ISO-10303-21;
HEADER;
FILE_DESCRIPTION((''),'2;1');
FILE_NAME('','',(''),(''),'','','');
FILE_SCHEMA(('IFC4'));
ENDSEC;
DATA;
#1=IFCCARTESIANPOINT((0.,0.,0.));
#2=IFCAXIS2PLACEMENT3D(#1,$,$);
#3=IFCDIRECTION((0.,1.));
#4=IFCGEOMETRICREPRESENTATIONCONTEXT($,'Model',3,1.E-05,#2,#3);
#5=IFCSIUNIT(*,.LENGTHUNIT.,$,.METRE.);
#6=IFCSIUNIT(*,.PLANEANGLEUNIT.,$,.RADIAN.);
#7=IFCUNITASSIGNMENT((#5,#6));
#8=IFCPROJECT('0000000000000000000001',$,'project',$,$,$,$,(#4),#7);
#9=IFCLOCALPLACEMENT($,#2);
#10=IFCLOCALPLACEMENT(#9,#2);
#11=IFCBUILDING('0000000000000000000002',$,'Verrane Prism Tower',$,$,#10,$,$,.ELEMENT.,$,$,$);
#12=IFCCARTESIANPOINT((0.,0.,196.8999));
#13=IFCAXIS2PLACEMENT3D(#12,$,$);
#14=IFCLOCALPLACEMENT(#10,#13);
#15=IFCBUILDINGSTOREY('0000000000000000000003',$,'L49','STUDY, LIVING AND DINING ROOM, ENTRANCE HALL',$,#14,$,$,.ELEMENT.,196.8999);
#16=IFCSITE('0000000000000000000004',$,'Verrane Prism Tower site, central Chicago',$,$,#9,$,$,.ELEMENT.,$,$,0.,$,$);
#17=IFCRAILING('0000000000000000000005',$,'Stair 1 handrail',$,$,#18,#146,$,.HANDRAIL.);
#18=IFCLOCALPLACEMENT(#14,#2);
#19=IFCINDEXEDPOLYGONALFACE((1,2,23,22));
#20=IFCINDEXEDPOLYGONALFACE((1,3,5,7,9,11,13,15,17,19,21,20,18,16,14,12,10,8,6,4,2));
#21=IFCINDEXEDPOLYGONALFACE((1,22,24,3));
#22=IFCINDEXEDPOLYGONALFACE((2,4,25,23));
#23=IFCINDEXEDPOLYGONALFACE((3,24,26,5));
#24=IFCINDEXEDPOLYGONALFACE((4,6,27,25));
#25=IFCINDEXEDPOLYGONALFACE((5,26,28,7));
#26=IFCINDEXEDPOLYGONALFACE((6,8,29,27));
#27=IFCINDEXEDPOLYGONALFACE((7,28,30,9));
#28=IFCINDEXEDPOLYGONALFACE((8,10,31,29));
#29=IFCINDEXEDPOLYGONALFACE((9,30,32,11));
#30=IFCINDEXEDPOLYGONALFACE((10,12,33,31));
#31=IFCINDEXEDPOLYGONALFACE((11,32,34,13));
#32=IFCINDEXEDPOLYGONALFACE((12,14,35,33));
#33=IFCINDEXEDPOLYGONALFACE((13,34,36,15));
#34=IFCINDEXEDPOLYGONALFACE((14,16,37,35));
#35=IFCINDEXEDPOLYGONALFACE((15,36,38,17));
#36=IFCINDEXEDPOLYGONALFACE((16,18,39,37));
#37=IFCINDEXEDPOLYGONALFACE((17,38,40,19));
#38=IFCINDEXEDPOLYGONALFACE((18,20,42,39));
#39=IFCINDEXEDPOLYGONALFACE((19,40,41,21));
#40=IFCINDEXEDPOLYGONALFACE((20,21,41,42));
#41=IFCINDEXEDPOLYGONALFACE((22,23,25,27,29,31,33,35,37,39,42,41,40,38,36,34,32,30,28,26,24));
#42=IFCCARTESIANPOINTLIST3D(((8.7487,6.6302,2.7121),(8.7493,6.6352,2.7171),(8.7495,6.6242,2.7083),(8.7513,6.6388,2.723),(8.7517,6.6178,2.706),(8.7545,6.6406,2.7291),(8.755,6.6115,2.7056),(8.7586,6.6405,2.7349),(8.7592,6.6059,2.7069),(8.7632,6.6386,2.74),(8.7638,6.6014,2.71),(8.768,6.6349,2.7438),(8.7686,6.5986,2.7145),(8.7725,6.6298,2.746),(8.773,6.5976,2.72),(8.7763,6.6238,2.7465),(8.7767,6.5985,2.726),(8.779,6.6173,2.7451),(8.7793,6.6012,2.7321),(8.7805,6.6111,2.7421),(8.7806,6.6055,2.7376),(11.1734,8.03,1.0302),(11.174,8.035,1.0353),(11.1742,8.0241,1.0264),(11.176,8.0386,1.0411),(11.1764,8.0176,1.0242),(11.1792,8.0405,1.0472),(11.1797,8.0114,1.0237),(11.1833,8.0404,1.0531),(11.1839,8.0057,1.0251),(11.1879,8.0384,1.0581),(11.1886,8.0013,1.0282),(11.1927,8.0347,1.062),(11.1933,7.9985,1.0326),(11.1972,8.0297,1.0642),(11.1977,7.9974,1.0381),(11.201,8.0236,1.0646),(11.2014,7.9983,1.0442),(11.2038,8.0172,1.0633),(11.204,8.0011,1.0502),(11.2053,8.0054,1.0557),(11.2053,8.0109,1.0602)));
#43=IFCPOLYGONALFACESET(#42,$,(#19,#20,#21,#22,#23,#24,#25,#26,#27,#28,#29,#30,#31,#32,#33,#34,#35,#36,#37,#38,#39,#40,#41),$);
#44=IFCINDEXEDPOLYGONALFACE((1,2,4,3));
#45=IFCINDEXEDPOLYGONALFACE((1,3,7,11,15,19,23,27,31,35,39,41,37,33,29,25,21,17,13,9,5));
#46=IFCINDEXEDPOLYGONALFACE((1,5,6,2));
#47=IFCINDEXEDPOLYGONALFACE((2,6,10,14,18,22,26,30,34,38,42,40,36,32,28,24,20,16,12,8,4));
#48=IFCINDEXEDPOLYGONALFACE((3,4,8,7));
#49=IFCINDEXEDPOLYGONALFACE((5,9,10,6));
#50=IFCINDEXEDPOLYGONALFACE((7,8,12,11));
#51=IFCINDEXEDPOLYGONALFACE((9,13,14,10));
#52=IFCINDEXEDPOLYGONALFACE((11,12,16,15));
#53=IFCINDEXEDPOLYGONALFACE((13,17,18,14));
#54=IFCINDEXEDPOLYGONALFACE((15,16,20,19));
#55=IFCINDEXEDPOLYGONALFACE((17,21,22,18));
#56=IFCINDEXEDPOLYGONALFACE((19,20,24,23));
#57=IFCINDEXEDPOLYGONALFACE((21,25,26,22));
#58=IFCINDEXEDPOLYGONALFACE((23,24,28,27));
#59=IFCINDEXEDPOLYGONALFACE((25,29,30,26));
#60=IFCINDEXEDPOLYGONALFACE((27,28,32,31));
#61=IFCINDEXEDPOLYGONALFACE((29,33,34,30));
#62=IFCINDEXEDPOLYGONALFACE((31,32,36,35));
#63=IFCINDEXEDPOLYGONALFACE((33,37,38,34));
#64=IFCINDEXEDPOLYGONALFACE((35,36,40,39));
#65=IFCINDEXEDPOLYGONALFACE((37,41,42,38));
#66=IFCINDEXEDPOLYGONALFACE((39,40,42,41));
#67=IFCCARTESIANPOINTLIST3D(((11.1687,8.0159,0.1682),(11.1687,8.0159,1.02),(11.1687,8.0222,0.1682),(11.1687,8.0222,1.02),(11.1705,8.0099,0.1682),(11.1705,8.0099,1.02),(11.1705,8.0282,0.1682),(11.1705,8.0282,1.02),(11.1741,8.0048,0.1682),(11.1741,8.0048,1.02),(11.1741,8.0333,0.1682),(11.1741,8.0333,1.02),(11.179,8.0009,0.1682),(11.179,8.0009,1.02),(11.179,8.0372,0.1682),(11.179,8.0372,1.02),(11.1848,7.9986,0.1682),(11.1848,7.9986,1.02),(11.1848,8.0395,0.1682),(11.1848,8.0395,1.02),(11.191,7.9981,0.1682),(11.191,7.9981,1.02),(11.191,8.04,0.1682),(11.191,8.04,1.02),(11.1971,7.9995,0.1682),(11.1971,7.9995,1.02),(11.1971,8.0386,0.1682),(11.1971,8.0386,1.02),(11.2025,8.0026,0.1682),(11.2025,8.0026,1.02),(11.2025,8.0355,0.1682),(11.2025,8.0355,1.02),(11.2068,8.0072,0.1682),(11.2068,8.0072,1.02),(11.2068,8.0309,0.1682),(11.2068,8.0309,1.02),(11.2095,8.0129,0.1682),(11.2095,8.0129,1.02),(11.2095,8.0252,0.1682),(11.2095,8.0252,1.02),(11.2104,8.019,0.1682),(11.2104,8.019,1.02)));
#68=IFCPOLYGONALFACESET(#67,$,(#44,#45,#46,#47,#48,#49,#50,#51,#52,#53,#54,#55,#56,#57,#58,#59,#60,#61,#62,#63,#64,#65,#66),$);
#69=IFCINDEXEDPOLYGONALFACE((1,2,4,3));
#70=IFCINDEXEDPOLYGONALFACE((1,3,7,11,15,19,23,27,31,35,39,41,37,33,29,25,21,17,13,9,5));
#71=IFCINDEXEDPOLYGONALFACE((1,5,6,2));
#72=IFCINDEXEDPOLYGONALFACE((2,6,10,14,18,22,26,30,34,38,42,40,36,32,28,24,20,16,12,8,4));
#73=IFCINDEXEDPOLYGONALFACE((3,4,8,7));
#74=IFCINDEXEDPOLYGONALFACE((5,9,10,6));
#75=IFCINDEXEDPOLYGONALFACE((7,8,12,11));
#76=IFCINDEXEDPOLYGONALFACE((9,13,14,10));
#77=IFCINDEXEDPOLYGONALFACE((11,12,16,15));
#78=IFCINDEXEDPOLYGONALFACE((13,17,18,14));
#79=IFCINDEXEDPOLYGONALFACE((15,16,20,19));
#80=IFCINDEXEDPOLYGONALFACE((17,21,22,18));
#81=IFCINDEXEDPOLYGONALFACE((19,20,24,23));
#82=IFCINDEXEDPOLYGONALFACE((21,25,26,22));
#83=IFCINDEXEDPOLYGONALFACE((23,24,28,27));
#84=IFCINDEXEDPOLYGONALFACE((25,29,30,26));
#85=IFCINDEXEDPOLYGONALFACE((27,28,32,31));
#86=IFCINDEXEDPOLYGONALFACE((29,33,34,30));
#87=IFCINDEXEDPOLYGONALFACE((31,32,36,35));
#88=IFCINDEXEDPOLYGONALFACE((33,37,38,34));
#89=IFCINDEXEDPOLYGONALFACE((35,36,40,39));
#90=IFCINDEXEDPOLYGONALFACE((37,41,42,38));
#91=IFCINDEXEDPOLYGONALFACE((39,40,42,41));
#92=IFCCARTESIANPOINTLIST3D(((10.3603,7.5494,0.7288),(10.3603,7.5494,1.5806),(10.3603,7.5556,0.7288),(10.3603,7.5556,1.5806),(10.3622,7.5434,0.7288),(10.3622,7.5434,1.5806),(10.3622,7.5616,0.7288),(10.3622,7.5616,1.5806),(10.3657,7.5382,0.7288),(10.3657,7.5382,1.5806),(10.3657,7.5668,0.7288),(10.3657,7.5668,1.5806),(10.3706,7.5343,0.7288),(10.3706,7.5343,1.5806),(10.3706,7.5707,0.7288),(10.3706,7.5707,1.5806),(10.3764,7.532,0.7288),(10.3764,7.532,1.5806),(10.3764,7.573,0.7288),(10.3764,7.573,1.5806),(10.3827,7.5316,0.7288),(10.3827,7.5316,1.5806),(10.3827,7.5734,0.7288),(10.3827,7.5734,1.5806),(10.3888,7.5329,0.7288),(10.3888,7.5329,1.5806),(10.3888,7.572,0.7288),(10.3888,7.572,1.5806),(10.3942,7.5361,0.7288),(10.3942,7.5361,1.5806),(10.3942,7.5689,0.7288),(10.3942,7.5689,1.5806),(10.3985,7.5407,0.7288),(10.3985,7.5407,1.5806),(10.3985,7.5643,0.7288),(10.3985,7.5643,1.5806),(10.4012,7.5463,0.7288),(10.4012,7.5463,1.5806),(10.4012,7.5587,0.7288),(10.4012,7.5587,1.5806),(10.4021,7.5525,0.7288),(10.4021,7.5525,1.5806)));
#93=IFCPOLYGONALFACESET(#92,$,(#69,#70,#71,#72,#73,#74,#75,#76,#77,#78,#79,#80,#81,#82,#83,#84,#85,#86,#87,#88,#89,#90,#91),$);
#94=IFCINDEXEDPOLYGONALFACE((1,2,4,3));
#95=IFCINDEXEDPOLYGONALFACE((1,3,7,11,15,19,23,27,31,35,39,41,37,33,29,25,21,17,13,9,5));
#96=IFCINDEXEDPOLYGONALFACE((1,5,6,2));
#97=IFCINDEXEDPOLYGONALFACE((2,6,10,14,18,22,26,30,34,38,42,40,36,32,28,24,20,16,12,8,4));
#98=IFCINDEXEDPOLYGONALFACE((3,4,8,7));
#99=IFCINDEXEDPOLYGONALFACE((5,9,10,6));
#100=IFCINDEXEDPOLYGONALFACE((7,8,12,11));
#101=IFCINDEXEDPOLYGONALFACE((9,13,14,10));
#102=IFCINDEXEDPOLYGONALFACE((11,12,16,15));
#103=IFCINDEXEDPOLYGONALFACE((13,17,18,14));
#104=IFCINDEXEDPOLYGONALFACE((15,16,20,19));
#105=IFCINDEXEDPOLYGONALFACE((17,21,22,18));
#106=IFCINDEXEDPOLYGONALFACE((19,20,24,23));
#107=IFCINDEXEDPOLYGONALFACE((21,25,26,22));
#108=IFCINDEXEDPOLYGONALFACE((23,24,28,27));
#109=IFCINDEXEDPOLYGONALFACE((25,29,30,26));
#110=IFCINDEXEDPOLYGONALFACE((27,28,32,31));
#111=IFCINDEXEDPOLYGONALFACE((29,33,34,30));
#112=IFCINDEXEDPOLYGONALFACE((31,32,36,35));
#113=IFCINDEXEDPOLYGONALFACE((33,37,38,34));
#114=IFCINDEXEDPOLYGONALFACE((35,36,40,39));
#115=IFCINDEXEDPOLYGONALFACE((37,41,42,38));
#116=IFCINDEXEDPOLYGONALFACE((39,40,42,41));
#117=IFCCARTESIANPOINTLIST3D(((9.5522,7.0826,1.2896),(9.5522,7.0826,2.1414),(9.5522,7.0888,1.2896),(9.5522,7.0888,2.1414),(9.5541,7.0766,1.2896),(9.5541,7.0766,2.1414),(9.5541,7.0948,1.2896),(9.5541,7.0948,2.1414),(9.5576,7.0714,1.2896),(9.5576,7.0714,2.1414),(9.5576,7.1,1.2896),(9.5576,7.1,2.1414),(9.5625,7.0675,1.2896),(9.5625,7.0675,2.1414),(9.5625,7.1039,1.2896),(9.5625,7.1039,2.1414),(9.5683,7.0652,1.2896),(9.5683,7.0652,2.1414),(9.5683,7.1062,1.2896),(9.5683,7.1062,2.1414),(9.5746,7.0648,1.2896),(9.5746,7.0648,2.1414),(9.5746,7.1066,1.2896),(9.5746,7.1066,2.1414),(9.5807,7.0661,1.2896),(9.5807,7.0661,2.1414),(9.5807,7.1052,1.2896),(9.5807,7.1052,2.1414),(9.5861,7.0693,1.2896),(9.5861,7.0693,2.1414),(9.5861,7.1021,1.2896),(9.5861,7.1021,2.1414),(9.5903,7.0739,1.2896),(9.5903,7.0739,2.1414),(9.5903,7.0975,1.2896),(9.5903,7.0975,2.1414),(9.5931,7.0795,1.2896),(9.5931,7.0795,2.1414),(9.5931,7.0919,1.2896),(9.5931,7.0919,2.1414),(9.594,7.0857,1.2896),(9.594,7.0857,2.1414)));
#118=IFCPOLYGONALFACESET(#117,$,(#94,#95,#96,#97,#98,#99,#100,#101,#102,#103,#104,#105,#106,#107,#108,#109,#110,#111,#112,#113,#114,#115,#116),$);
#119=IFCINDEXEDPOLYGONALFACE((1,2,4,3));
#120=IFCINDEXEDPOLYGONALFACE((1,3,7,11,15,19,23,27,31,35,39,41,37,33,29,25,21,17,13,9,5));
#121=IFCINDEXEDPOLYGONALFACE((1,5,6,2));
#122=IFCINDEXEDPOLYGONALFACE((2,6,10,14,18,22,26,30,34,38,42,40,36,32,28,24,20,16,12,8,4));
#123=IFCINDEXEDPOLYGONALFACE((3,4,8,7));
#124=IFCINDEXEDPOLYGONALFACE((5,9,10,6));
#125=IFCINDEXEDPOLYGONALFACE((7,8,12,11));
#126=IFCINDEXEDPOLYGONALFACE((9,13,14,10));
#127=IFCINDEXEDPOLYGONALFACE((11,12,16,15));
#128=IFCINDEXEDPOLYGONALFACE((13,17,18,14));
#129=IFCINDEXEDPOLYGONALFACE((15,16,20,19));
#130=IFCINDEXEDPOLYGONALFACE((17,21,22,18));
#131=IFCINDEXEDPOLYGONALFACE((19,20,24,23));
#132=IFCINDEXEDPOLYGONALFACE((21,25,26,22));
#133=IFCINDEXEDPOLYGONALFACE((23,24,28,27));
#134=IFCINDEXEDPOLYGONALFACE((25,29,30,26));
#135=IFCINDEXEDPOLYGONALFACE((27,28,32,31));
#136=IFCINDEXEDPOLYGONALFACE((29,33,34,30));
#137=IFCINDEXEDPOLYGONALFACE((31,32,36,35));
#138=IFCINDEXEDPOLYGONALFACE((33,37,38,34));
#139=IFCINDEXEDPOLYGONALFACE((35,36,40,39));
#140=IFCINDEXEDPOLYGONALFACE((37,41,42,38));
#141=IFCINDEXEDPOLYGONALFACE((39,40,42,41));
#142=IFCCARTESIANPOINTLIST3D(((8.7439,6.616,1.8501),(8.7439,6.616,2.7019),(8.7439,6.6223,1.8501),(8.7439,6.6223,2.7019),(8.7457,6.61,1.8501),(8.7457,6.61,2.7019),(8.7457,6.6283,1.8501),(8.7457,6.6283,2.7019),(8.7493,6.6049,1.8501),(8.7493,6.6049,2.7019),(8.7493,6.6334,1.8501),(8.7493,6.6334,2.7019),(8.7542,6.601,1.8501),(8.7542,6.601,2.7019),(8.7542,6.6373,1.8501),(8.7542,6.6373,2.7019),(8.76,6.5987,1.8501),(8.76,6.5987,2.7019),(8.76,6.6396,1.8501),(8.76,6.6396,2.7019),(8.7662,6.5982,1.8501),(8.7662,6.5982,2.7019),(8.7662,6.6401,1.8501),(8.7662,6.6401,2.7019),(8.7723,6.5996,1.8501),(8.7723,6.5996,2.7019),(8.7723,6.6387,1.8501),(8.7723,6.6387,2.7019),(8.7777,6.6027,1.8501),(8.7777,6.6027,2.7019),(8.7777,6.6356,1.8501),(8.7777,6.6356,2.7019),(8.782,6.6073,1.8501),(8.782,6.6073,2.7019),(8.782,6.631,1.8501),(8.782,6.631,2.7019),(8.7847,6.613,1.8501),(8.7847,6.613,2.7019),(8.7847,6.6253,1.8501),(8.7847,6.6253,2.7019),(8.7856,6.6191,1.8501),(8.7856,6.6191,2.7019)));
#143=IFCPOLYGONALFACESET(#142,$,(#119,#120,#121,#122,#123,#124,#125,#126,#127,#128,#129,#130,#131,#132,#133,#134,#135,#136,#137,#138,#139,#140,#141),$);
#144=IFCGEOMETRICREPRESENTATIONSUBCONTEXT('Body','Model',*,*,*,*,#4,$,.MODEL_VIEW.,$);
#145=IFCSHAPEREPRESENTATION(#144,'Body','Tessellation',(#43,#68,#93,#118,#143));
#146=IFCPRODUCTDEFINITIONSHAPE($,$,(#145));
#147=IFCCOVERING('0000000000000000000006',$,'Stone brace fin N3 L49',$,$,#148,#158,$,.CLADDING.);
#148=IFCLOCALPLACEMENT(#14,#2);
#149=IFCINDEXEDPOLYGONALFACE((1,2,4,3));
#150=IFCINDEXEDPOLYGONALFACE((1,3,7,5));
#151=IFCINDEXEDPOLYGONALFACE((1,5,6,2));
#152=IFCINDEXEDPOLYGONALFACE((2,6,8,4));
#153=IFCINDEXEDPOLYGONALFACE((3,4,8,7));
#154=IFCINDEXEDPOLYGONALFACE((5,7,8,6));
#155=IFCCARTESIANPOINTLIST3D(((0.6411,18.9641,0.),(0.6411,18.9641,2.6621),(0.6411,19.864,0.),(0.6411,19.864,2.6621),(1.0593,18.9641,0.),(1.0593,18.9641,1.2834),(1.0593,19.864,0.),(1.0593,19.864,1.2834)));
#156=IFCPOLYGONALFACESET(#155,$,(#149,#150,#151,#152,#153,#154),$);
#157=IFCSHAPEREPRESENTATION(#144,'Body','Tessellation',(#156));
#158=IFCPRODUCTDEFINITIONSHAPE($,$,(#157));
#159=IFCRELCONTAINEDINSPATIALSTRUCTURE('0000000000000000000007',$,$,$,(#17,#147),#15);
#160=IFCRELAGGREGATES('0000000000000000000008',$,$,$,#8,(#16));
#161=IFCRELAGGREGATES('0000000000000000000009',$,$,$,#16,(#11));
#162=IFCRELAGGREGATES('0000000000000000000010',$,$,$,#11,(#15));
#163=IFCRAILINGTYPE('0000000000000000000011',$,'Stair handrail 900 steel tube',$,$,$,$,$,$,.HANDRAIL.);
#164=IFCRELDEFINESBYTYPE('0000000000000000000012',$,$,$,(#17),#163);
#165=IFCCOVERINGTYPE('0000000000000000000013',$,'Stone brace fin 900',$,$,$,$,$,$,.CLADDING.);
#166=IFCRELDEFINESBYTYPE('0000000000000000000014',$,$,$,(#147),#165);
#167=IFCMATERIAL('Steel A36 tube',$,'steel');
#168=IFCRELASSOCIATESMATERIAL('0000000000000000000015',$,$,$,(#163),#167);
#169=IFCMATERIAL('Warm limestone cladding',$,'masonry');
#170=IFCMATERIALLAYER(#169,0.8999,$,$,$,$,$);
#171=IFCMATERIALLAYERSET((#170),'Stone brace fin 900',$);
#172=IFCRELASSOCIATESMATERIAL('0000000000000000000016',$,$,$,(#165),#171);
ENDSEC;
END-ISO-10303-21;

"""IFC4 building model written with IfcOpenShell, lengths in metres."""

from ifc_helpers import new_model, si_unit, direction, frame, origin, origin_2d, place, context, subcontext, project, spatial, polyline, circle, outline, extrude, material, layer, layer_set, type_object, element, save


model = new_model("IFC4")

# Units and contexts
model_context = context("Model", 3, precision=1e-05, world=origin(), true_north=direction((0.0, 1.0)))
body_context = subcontext(model_context, "Body", "Model", "MODEL_VIEW")
ifc_project = project(units=[si_unit("LENGTHUNIT", "METRE"), si_unit("PLANEANGLEUNIT", "RADIAN")], contexts=[model_context])

# Site, building, storey
site_placement = place(None, origin())
site = spatial("IfcSite", under=ifc_project, at=site_placement, Name="Verrane Prism Tower site, central Chicago", CompositionType="ELEMENT", RefElevation=0.0)
building_placement = place(site_placement, origin())
building = spatial("IfcBuilding", under=site, at=building_placement, Name="Verrane Prism Tower", CompositionType="ELEMENT")
storey_placement = place(building_placement, frame((0.0, 0.0, 196.8999)))
storey = spatial("IfcBuildingStorey", under=building, at=storey_placement, Name="L49", Description="STUDY, LIVING AND DINING ROOM, ENTRANCE HALL", CompositionType="ELEMENT", Elevation=196.8999)

# Railing
ifc_material_1 = material(Name="Steel A36 tube", Category="steel")
railing_type = type_object("IfcRailingType", Name="Stair handrail 900 steel tube", PredefinedType="HANDRAIL", material=ifc_material_1)
railing_placement = place(storey_placement, frame((11.1895, 8.019, 0.1682)))
element("IfcRailing", 1, at=railing_placement, inside=storey, type_object=railing_type, Name="Stair 1 handrail", PredefinedType="HANDRAIL", context=body_context, shape_type="SweptSolid", body=[
    extrude(circle(Radius=0.0239, at=origin_2d()), frame((0.0, 0.0, 0.876), z_axis=(-0.74239, -0.428601, 0.514934), x_axis=(0.499984, -0.866035, 0.0)), (0.0, 0.0, 1.0), 3.2661),
    extrude(circle(Radius=0.021, at=origin_2d()), origin(), (0.0, 0.0, 1.0), 0.8518),
    extrude(circle(Radius=0.021, at=origin_2d()), frame((-0.8083, -0.4666, 0.5605)), (0.0, 0.0, 1.0), 0.8518),
    extrude(circle(Radius=0.021, at=origin_2d()), frame((-1.6165, -0.9333, 1.1213)), (0.0, 0.0, 1.0), 0.8518),
    extrude(circle(Radius=0.021, at=origin_2d()), frame((-2.4248, -1.3999, 1.6819)), (0.0, 0.0, 1.0), 0.8518),
])

# Covering
ifc_material_2 = material(Name="Warm limestone cladding", Category="masonry")
ifc_layer_1 = layer(ifc_material_2, 0.8999)
ifc_layer_set_1 = layer_set([ifc_layer_1], Name="Stone brace fin 900")
covering_type = type_object("IfcCoveringType", Name="Stone brace fin 900", PredefinedType="CLADDING", material=ifc_layer_set_1)
covering_placement = place(storey_placement, frame((1.0593, 19.4141, 0.0), z_axis=(0.0, 0.0, 1.0), x_axis=(-1.0, 0.0, 0.0)))
element("IfcCovering", 2, at=covering_placement, inside=storey, type_object=covering_type, Name="Stone brace fin N3 L49", PredefinedType="CLADDING", context=body_context, shape_type="SweptSolid", body=[
    extrude(outline(polyline([(0.0, 0.0), (0.4182, 0.0), (0.4182, 2.6621), (0.0, 1.2834), (0.0, 0.0)])), frame((0.0, 0.45, 0.0), z_axis=(0.0, -1.0, 0.0), x_axis=(1.0, 0.0, 0.0)), (0.0, 0.0, 1.0), 0.8999),
])

save(model, "model.ifc")
